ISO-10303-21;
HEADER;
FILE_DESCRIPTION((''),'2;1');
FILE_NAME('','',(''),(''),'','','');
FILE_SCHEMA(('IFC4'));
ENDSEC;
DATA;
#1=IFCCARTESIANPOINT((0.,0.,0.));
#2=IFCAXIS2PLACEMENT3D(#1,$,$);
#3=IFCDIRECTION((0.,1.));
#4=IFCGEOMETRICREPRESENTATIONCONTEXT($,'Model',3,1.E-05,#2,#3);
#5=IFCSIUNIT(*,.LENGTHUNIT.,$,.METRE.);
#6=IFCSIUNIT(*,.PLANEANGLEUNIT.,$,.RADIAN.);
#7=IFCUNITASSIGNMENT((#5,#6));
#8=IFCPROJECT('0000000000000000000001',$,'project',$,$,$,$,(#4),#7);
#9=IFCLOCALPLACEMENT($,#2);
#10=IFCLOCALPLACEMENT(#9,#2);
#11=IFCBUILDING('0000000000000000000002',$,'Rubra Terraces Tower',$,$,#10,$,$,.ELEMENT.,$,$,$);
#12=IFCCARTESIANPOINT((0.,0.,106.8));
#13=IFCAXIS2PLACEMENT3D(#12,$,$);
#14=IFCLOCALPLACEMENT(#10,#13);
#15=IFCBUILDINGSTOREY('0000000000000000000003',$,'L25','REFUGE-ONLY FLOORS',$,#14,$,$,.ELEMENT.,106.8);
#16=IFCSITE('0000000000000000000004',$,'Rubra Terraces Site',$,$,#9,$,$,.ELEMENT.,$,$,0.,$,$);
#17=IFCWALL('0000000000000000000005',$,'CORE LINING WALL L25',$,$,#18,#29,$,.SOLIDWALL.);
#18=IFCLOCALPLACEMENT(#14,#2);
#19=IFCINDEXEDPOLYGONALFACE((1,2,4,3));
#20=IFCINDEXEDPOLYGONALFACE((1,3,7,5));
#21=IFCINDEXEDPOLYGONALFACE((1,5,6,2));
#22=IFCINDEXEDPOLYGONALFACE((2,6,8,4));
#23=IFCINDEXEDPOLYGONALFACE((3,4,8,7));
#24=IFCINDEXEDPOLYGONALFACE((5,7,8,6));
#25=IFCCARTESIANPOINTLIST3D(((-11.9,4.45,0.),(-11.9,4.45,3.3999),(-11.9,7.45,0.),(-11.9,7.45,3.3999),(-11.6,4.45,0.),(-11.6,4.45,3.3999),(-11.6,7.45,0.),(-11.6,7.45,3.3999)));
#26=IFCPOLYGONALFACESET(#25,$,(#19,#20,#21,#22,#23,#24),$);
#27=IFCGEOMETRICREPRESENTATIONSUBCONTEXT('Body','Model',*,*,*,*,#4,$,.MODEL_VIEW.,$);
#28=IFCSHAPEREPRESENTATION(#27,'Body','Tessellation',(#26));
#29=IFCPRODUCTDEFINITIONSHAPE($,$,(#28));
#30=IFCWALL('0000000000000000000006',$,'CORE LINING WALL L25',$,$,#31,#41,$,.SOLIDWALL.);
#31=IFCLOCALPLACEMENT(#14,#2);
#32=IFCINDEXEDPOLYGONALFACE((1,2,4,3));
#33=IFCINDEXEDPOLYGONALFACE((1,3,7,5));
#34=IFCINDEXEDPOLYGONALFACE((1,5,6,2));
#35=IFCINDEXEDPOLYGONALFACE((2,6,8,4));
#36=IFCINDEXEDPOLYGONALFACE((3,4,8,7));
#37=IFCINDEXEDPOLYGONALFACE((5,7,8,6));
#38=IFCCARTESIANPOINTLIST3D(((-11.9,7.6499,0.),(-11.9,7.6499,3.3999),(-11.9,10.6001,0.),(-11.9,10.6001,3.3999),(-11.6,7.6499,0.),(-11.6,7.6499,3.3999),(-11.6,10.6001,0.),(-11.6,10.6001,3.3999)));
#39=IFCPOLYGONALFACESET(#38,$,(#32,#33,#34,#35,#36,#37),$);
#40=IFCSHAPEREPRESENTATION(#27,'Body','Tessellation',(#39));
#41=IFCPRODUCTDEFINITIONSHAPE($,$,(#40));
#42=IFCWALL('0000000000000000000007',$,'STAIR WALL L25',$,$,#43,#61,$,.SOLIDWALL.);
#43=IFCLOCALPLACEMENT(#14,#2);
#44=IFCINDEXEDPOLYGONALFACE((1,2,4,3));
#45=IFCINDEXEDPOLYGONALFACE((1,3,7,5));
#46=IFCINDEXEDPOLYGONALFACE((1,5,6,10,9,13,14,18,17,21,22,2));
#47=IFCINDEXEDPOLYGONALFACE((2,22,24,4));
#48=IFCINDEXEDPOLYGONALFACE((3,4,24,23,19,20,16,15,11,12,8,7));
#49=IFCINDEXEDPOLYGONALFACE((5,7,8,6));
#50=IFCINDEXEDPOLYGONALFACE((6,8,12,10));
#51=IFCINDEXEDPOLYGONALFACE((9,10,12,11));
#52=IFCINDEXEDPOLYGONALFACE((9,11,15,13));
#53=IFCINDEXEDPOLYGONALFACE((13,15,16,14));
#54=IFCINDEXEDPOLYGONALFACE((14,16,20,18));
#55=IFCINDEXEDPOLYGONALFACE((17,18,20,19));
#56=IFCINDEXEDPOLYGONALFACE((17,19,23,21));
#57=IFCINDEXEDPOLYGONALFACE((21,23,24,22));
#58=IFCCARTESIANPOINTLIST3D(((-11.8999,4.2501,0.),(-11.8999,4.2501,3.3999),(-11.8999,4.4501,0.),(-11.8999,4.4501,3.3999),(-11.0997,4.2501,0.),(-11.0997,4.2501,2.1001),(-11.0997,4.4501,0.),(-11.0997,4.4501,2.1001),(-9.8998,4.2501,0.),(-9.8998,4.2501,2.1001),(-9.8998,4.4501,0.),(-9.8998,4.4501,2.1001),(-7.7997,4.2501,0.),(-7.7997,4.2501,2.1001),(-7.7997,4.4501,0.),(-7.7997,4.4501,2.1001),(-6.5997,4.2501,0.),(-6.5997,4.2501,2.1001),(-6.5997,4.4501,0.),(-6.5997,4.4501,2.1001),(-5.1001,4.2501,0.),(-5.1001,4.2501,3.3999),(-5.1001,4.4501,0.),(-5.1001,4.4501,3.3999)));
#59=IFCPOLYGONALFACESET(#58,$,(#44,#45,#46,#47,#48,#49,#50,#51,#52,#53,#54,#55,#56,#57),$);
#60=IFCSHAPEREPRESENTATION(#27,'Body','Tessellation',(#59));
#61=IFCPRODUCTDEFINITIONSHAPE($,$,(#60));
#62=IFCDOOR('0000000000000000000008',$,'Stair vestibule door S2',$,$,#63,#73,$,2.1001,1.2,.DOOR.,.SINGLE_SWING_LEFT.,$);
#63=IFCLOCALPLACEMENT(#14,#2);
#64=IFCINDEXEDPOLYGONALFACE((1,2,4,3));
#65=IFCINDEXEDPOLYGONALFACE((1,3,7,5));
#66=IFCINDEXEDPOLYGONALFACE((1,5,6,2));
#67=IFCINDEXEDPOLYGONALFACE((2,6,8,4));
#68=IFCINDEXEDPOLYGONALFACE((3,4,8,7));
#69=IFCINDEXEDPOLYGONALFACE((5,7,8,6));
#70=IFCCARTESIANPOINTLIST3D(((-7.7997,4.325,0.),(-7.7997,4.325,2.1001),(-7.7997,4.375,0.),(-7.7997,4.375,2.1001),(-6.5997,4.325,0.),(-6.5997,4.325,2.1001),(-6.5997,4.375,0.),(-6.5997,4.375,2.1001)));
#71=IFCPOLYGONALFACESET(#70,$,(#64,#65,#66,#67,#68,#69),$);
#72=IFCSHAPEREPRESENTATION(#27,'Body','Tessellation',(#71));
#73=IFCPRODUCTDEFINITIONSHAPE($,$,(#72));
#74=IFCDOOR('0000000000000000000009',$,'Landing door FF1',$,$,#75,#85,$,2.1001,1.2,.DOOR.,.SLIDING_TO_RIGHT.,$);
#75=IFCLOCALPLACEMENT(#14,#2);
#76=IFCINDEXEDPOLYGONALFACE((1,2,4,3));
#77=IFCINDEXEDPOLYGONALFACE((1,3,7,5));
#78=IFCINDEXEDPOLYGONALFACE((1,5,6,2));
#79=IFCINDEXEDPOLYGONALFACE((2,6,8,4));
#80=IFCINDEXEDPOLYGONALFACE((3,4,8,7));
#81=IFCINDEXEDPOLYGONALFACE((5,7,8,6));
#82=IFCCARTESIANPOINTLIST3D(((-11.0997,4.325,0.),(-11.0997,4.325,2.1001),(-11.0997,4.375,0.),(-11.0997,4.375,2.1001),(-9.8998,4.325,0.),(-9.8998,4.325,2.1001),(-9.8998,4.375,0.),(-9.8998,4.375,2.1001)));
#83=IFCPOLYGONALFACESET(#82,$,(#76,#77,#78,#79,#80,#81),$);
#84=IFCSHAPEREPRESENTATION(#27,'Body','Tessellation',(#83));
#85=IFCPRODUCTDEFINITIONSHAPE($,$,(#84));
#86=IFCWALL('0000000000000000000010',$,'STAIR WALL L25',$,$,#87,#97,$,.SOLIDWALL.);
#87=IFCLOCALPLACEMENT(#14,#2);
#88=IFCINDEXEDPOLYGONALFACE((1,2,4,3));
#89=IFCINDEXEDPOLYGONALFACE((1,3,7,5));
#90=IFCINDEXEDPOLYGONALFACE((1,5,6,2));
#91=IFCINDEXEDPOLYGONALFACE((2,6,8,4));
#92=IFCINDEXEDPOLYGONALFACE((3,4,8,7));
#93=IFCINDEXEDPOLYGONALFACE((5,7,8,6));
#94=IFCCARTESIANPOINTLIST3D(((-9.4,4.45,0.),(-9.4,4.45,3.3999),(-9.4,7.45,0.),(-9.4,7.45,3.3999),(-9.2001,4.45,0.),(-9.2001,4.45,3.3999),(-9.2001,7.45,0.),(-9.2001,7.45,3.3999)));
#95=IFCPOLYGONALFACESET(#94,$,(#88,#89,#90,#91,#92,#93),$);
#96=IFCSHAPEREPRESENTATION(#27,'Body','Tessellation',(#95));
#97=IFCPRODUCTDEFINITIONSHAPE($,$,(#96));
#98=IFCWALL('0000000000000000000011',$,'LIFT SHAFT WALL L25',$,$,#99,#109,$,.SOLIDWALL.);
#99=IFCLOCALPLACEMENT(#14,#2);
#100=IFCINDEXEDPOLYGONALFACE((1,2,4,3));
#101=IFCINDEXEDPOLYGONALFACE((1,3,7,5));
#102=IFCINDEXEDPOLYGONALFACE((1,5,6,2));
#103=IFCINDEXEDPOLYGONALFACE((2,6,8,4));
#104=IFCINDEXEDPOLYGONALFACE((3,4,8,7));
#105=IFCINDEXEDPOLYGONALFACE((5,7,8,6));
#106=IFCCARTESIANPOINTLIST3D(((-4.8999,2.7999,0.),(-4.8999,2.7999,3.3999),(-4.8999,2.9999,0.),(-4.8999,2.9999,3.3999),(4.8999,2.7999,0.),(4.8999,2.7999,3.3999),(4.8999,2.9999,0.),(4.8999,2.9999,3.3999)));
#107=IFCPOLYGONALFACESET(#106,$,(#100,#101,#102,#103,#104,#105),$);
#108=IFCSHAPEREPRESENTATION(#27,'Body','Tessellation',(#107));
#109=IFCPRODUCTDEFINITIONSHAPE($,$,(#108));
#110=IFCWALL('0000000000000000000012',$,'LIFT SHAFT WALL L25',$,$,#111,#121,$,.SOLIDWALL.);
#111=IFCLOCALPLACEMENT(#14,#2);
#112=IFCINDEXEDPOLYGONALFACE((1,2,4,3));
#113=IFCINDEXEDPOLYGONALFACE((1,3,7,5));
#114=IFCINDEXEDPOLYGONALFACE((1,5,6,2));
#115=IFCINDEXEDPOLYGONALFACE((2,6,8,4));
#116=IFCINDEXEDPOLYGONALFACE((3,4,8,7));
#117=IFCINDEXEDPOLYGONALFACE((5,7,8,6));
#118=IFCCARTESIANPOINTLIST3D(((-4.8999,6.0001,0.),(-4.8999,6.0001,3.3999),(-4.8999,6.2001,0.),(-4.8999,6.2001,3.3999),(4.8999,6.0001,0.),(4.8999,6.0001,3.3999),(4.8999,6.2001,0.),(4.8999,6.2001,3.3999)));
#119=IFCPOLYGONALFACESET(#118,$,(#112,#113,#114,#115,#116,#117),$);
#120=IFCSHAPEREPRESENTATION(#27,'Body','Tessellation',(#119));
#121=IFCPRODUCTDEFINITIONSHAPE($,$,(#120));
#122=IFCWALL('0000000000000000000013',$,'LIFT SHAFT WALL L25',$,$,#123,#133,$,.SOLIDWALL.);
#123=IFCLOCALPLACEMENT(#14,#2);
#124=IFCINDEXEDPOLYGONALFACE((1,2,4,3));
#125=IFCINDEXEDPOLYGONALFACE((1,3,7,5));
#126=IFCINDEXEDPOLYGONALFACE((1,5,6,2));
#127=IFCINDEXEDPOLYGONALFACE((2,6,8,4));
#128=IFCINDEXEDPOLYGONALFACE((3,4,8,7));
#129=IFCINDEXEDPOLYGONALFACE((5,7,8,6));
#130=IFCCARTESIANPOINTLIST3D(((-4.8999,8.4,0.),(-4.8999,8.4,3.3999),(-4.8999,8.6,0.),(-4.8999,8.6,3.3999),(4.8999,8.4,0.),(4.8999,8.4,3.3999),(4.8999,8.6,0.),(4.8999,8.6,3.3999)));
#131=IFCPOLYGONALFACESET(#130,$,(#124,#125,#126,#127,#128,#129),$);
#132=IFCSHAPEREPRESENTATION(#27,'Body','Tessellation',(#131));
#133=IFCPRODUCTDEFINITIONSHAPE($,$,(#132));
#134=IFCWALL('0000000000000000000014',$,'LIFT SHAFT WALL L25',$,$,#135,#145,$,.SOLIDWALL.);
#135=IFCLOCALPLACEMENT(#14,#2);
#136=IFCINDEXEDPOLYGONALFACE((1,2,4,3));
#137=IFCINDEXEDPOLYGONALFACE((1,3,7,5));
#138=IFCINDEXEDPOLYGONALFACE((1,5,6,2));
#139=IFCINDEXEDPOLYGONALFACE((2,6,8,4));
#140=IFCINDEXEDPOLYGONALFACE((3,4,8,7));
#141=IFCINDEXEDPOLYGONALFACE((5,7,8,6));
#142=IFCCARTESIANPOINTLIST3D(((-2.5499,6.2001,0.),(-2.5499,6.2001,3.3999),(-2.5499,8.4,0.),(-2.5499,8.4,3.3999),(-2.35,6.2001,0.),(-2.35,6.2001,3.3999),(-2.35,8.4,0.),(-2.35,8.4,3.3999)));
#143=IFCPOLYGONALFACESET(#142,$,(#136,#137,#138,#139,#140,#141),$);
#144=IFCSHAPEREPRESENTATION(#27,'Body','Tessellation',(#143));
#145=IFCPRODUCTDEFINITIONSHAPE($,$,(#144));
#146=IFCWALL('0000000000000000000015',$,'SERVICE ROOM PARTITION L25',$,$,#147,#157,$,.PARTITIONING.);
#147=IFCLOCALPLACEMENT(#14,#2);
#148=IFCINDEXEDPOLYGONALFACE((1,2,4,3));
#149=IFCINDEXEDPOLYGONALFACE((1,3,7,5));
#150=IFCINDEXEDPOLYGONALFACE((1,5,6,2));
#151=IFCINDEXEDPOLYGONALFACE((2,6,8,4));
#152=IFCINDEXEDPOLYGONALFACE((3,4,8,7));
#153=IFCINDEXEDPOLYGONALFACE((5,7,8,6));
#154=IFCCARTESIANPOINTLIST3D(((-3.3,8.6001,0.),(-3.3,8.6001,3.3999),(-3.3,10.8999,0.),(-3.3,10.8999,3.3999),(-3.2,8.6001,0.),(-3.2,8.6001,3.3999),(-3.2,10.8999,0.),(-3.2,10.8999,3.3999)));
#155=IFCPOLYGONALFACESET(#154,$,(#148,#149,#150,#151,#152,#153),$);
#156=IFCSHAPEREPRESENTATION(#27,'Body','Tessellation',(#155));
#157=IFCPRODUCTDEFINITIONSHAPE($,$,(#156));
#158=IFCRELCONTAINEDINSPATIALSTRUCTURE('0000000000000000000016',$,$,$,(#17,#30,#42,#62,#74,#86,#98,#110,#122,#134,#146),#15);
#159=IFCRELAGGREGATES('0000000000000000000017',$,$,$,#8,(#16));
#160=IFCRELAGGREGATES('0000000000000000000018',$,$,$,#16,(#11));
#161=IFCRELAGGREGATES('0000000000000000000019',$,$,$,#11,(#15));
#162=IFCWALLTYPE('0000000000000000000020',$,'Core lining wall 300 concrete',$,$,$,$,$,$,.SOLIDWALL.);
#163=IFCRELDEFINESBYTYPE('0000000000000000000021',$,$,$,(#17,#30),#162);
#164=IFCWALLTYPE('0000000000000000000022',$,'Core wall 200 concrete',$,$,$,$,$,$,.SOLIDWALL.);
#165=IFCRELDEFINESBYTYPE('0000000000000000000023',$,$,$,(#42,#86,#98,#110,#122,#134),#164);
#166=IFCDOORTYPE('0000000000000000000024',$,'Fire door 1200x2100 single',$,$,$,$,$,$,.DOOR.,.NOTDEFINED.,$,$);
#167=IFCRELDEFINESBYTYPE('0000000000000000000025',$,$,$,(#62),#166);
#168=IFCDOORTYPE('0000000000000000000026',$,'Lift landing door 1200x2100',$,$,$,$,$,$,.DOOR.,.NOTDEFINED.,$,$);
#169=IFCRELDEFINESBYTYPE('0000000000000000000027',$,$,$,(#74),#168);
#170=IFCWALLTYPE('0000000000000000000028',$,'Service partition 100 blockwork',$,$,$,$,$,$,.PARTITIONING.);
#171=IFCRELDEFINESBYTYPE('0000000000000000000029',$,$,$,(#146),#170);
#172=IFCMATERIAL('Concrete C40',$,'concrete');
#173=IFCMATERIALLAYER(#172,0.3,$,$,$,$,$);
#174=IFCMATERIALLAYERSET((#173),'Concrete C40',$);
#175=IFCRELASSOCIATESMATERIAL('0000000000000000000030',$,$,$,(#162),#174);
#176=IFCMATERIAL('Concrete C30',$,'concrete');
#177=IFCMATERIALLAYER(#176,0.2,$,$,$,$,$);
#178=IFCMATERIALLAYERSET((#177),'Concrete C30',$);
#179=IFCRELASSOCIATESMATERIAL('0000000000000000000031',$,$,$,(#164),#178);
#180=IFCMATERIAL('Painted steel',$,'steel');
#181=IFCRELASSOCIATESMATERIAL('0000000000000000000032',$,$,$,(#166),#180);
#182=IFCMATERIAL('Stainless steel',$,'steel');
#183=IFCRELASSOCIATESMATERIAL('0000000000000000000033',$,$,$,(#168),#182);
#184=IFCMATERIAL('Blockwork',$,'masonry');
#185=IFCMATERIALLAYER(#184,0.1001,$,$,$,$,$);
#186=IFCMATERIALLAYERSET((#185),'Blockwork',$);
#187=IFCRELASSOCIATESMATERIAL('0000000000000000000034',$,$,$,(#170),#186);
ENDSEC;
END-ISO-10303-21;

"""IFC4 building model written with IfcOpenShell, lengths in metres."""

from ifc_helpers import new_model, si_unit, direction, frame, frame_2d, origin, place, context, subcontext, project, spatial, rectangle, extrude, material, layer, layer_set, type_object, element, fill, save


model = new_model("IFC4")

# Units and contexts
model_context = context("Model", 3, precision=1e-05, world=origin(), true_north=direction((0.0, 1.0)))
body_context = subcontext(model_context, "Body", "Model", "MODEL_VIEW")
ifc_project = project(units=[si_unit("LENGTHUNIT", "METRE"), si_unit("PLANEANGLEUNIT", "RADIAN")], contexts=[model_context])

# Site, building, storey
site_placement = place(None, origin())
site = spatial("IfcSite", under=ifc_project, at=site_placement, Name="Rubra Terraces Site", CompositionType="ELEMENT", RefElevation=0.0)
building_placement = place(site_placement, origin())
building = spatial("IfcBuilding", under=site, at=building_placement, Name="Rubra Terraces Tower", CompositionType="ELEMENT")
storey_placement = place(building_placement, frame((0.0, 0.0, 106.8)))
storey = spatial("IfcBuildingStorey", under=building, at=storey_placement, Name="L25", Description="REFUGE-ONLY FLOORS", CompositionType="ELEMENT", Elevation=106.8)

# Walls
ifc_material_1 = material(Name="Concrete C40", Category="concrete")
ifc_layer_1 = layer(ifc_material_1, 0.3)
ifc_layer_set_1 = layer_set([ifc_layer_1], Name="Concrete C40")
wall_type_1 = type_object("IfcWallType", Name="Core lining wall 300 concrete", PredefinedType="SOLIDWALL", material=ifc_layer_set_1)
wall_1_placement = place(storey_placement, frame((-11.75, 4.45, 0.0), z_axis=(0.0, 0.0, 1.0), x_axis=(0.0, 1.0, 0.0)))
element("IfcWall", 1, at=wall_1_placement, inside=storey, type_object=wall_type_1, Name="CORE LINING WALL L25", PredefinedType="SOLIDWALL", context=body_context, shape_type="SweptSolid", body=[
    extrude(rectangle(XDim=3.0, YDim=0.3, at=frame_2d((1.5, 0.0))), origin(), (0.0, 0.0, 1.0), 3.3999),
])
wall_2_placement = place(storey_placement, frame((-11.75, 7.6499, 0.0), z_axis=(0.0, 0.0, 1.0), x_axis=(0.0, 1.0, 0.0)))
element("IfcWall", 2, at=wall_2_placement, inside=storey, type_object=wall_type_1, Name="CORE LINING WALL L25", PredefinedType="SOLIDWALL", context=body_context, shape_type="SweptSolid", body=[
    extrude(rectangle(XDim=2.9502, YDim=0.3, at=frame_2d((1.4751, 0.0))), origin(), (0.0, 0.0, 1.0), 3.3999),
])

# Wall, openings, doors
ifc_material_2 = material(Name="Concrete C30", Category="concrete")
ifc_layer_2 = layer(ifc_material_2, 0.2)
ifc_layer_set_2 = layer_set([ifc_layer_2], Name="Concrete C30")
wall_type_2 = type_object("IfcWallType", Name="Core wall 200 concrete", PredefinedType="SOLIDWALL", material=ifc_layer_set_2)
wall_3_placement = place(storey_placement, frame((-11.8999, 4.3501, 0.0), z_axis=(0.0, 0.0, 1.0), x_axis=(1.0, 0.0, 0.0)))
wall_3 = element("IfcWall", 3, at=wall_3_placement, inside=storey, type_object=wall_type_2, Name="STAIR WALL L25", PredefinedType="SOLIDWALL", context=body_context, shape_type="SweptSolid", body=[
    extrude(rectangle(XDim=6.7998, YDim=0.2, at=frame_2d((3.3999, 0.0))), origin(), (0.0, 0.0, 1.0), 3.3999),
])
opening_1_placement = place(wall_3_placement, frame((4.1001, 0.0, 0.0)))
opening_1 = element("IfcOpeningElement", 4, at=opening_1_placement, cuts=wall_3, PredefinedType="OPENING", context=body_context, shape_type="SweptSolid", body=[
    extrude(rectangle(XDim=1.2, YDim=2.1001, at=frame_2d((0.6001, 1.05))), frame((0.0, 0.1099, 0.0), z_axis=(0.0, -1.0, 0.0), x_axis=(1.0, 0.0, 0.0)), (0.0, 0.0, 1.0), 0.22),
])
opening_2_placement = place(wall_3_placement, frame((0.8, 0.0, 0.0)))
opening_2 = element("IfcOpeningElement", 5, at=opening_2_placement, cuts=wall_3, PredefinedType="OPENING", context=body_context, shape_type="SweptSolid", body=[
    extrude(rectangle(XDim=1.2, YDim=2.1001, at=frame_2d((0.6001, 1.05))), frame((0.0, 0.1099, 0.0), z_axis=(0.0, -1.0, 0.0), x_axis=(1.0, 0.0, 0.0)), (0.0, 0.0, 1.0), 0.22),
])
ifc_material_3 = material(Name="Painted steel", Category="steel")
door_type_1 = type_object("IfcDoorType", Name="Fire door 1200x2100 single", OperationType="NOTDEFINED", PredefinedType="DOOR", material=ifc_material_3)
door_1_placement = place(opening_1_placement, origin())
door_1 = element("IfcDoor", 6, at=door_1_placement, inside=storey, type_object=door_type_1, Name="Stair vestibule door S2", OperationType="SINGLE_SWING_LEFT", OverallHeight=2.1001, OverallWidth=1.2, PredefinedType="DOOR", context=body_context, shape_type="SweptSolid", body=[
    extrude(rectangle(XDim=1.2, YDim=2.1001, at=frame_2d((0.6001, 1.05))), frame((0.0, 0.0249, 0.0), z_axis=(0.0, -1.0, 0.0), x_axis=(1.0, 0.0, 0.0)), (0.0, 0.0, 1.0), 0.05),
])
fill(opening_1, door_1)
ifc_material_4 = material(Name="Stainless steel", Category="steel")
door_type_2 = type_object("IfcDoorType", Name="Lift landing door 1200x2100", OperationType="NOTDEFINED", PredefinedType="DOOR", material=ifc_material_4)
door_2_placement = place(opening_2_placement, origin())
door_2 = element("IfcDoor", 7, at=door_2_placement, inside=storey, type_object=door_type_2, Name="Landing door FF1", OperationType="SLIDING_TO_RIGHT", OverallHeight=2.1001, OverallWidth=1.2, PredefinedType="DOOR", context=body_context, shape_type="SweptSolid", body=[
    extrude(rectangle(XDim=1.2, YDim=2.1001, at=frame_2d((0.6001, 1.05))), frame((0.0, 0.0249, 0.0), z_axis=(0.0, -1.0, 0.0), x_axis=(1.0, 0.0, 0.0)), (0.0, 0.0, 1.0), 0.05),
])
fill(opening_2, door_2)

# Walls
wall_4_placement = place(storey_placement, frame((-9.3, 4.45, 0.0), z_axis=(0.0, 0.0, 1.0), x_axis=(0.0, 1.0, 0.0)))
element("IfcWall", 8, at=wall_4_placement, inside=storey, type_object=wall_type_2, Name="STAIR WALL L25", PredefinedType="SOLIDWALL", context=body_context, shape_type="SweptSolid", body=[
    extrude(rectangle(XDim=3.0, YDim=0.2, at=frame_2d((1.5, 0.0))), origin(), (0.0, 0.0, 1.0), 3.3999),
])
for number, where, z_axis, x_axis, name in (
    (9, (-4.8999, 2.8999, 0.0), (0.0, 0.0, 1.0), (1.0, 0.0, 0.0), "LIFT SHAFT WALL L25"),
    (10, (-4.8999, 6.1001, 0.0), (0.0, 0.0, 1.0), (1.0, 0.0, 0.0), "LIFT SHAFT WALL L25"),
    (11, (-4.8999, 8.5, 0.0), (0.0, 0.0, 1.0), (1.0, 0.0, 0.0), "LIFT SHAFT WALL L25"),
):
    element("IfcWall", number, at=place(storey_placement, frame(where, z_axis=z_axis, x_axis=x_axis)), inside=storey, type_object=wall_type_2, Name=name, PredefinedType="SOLIDWALL", context=body_context, shape_type="SweptSolid", body=[
        extrude(rectangle(XDim=9.7998, YDim=0.2, at=frame_2d((4.8999, 0.0))), origin(), (0.0, 0.0, 1.0), 3.3999),
    ])
wall_5_placement = place(storey_placement, frame((-2.45, 6.2, 0.0), z_axis=(0.0, 0.0, 1.0), x_axis=(0.0, 1.0, 0.0)))
element("IfcWall", 12, at=wall_5_placement, inside=storey, type_object=wall_type_2, Name="LIFT SHAFT WALL L25", PredefinedType="SOLIDWALL", context=body_context, shape_type="SweptSolid", body=[
    extrude(rectangle(XDim=2.2, YDim=0.2, at=frame_2d((1.1001, 0.0))), origin(), (0.0, 0.0, 1.0), 3.3999),
])
ifc_material_5 = material(Name="Blockwork", Category="masonry")
ifc_layer_3 = layer(ifc_material_5, 0.1001)
ifc_layer_set_3 = layer_set([ifc_layer_3], Name="Blockwork")
wall_type_3 = type_object("IfcWallType", Name="Service partition 100 blockwork", PredefinedType="PARTITIONING", material=ifc_layer_set_3)
wall_6_placement = place(storey_placement, frame((-3.25, 8.6001, 0.0), z_axis=(0.0, 0.0, 1.0), x_axis=(0.0, 1.0, 0.0)))
element("IfcWall", 13, at=wall_6_placement, inside=storey, type_object=wall_type_3, Name="SERVICE ROOM PARTITION L25", PredefinedType="PARTITIONING", context=body_context, shape_type="SweptSolid", body=[
    extrude(rectangle(XDim=2.2998, YDim=0.1001, at=frame_2d((1.1499, 0.0))), origin(), (0.0, 0.0, 1.0), 3.3999),
])

save(model, "model.ifc")
